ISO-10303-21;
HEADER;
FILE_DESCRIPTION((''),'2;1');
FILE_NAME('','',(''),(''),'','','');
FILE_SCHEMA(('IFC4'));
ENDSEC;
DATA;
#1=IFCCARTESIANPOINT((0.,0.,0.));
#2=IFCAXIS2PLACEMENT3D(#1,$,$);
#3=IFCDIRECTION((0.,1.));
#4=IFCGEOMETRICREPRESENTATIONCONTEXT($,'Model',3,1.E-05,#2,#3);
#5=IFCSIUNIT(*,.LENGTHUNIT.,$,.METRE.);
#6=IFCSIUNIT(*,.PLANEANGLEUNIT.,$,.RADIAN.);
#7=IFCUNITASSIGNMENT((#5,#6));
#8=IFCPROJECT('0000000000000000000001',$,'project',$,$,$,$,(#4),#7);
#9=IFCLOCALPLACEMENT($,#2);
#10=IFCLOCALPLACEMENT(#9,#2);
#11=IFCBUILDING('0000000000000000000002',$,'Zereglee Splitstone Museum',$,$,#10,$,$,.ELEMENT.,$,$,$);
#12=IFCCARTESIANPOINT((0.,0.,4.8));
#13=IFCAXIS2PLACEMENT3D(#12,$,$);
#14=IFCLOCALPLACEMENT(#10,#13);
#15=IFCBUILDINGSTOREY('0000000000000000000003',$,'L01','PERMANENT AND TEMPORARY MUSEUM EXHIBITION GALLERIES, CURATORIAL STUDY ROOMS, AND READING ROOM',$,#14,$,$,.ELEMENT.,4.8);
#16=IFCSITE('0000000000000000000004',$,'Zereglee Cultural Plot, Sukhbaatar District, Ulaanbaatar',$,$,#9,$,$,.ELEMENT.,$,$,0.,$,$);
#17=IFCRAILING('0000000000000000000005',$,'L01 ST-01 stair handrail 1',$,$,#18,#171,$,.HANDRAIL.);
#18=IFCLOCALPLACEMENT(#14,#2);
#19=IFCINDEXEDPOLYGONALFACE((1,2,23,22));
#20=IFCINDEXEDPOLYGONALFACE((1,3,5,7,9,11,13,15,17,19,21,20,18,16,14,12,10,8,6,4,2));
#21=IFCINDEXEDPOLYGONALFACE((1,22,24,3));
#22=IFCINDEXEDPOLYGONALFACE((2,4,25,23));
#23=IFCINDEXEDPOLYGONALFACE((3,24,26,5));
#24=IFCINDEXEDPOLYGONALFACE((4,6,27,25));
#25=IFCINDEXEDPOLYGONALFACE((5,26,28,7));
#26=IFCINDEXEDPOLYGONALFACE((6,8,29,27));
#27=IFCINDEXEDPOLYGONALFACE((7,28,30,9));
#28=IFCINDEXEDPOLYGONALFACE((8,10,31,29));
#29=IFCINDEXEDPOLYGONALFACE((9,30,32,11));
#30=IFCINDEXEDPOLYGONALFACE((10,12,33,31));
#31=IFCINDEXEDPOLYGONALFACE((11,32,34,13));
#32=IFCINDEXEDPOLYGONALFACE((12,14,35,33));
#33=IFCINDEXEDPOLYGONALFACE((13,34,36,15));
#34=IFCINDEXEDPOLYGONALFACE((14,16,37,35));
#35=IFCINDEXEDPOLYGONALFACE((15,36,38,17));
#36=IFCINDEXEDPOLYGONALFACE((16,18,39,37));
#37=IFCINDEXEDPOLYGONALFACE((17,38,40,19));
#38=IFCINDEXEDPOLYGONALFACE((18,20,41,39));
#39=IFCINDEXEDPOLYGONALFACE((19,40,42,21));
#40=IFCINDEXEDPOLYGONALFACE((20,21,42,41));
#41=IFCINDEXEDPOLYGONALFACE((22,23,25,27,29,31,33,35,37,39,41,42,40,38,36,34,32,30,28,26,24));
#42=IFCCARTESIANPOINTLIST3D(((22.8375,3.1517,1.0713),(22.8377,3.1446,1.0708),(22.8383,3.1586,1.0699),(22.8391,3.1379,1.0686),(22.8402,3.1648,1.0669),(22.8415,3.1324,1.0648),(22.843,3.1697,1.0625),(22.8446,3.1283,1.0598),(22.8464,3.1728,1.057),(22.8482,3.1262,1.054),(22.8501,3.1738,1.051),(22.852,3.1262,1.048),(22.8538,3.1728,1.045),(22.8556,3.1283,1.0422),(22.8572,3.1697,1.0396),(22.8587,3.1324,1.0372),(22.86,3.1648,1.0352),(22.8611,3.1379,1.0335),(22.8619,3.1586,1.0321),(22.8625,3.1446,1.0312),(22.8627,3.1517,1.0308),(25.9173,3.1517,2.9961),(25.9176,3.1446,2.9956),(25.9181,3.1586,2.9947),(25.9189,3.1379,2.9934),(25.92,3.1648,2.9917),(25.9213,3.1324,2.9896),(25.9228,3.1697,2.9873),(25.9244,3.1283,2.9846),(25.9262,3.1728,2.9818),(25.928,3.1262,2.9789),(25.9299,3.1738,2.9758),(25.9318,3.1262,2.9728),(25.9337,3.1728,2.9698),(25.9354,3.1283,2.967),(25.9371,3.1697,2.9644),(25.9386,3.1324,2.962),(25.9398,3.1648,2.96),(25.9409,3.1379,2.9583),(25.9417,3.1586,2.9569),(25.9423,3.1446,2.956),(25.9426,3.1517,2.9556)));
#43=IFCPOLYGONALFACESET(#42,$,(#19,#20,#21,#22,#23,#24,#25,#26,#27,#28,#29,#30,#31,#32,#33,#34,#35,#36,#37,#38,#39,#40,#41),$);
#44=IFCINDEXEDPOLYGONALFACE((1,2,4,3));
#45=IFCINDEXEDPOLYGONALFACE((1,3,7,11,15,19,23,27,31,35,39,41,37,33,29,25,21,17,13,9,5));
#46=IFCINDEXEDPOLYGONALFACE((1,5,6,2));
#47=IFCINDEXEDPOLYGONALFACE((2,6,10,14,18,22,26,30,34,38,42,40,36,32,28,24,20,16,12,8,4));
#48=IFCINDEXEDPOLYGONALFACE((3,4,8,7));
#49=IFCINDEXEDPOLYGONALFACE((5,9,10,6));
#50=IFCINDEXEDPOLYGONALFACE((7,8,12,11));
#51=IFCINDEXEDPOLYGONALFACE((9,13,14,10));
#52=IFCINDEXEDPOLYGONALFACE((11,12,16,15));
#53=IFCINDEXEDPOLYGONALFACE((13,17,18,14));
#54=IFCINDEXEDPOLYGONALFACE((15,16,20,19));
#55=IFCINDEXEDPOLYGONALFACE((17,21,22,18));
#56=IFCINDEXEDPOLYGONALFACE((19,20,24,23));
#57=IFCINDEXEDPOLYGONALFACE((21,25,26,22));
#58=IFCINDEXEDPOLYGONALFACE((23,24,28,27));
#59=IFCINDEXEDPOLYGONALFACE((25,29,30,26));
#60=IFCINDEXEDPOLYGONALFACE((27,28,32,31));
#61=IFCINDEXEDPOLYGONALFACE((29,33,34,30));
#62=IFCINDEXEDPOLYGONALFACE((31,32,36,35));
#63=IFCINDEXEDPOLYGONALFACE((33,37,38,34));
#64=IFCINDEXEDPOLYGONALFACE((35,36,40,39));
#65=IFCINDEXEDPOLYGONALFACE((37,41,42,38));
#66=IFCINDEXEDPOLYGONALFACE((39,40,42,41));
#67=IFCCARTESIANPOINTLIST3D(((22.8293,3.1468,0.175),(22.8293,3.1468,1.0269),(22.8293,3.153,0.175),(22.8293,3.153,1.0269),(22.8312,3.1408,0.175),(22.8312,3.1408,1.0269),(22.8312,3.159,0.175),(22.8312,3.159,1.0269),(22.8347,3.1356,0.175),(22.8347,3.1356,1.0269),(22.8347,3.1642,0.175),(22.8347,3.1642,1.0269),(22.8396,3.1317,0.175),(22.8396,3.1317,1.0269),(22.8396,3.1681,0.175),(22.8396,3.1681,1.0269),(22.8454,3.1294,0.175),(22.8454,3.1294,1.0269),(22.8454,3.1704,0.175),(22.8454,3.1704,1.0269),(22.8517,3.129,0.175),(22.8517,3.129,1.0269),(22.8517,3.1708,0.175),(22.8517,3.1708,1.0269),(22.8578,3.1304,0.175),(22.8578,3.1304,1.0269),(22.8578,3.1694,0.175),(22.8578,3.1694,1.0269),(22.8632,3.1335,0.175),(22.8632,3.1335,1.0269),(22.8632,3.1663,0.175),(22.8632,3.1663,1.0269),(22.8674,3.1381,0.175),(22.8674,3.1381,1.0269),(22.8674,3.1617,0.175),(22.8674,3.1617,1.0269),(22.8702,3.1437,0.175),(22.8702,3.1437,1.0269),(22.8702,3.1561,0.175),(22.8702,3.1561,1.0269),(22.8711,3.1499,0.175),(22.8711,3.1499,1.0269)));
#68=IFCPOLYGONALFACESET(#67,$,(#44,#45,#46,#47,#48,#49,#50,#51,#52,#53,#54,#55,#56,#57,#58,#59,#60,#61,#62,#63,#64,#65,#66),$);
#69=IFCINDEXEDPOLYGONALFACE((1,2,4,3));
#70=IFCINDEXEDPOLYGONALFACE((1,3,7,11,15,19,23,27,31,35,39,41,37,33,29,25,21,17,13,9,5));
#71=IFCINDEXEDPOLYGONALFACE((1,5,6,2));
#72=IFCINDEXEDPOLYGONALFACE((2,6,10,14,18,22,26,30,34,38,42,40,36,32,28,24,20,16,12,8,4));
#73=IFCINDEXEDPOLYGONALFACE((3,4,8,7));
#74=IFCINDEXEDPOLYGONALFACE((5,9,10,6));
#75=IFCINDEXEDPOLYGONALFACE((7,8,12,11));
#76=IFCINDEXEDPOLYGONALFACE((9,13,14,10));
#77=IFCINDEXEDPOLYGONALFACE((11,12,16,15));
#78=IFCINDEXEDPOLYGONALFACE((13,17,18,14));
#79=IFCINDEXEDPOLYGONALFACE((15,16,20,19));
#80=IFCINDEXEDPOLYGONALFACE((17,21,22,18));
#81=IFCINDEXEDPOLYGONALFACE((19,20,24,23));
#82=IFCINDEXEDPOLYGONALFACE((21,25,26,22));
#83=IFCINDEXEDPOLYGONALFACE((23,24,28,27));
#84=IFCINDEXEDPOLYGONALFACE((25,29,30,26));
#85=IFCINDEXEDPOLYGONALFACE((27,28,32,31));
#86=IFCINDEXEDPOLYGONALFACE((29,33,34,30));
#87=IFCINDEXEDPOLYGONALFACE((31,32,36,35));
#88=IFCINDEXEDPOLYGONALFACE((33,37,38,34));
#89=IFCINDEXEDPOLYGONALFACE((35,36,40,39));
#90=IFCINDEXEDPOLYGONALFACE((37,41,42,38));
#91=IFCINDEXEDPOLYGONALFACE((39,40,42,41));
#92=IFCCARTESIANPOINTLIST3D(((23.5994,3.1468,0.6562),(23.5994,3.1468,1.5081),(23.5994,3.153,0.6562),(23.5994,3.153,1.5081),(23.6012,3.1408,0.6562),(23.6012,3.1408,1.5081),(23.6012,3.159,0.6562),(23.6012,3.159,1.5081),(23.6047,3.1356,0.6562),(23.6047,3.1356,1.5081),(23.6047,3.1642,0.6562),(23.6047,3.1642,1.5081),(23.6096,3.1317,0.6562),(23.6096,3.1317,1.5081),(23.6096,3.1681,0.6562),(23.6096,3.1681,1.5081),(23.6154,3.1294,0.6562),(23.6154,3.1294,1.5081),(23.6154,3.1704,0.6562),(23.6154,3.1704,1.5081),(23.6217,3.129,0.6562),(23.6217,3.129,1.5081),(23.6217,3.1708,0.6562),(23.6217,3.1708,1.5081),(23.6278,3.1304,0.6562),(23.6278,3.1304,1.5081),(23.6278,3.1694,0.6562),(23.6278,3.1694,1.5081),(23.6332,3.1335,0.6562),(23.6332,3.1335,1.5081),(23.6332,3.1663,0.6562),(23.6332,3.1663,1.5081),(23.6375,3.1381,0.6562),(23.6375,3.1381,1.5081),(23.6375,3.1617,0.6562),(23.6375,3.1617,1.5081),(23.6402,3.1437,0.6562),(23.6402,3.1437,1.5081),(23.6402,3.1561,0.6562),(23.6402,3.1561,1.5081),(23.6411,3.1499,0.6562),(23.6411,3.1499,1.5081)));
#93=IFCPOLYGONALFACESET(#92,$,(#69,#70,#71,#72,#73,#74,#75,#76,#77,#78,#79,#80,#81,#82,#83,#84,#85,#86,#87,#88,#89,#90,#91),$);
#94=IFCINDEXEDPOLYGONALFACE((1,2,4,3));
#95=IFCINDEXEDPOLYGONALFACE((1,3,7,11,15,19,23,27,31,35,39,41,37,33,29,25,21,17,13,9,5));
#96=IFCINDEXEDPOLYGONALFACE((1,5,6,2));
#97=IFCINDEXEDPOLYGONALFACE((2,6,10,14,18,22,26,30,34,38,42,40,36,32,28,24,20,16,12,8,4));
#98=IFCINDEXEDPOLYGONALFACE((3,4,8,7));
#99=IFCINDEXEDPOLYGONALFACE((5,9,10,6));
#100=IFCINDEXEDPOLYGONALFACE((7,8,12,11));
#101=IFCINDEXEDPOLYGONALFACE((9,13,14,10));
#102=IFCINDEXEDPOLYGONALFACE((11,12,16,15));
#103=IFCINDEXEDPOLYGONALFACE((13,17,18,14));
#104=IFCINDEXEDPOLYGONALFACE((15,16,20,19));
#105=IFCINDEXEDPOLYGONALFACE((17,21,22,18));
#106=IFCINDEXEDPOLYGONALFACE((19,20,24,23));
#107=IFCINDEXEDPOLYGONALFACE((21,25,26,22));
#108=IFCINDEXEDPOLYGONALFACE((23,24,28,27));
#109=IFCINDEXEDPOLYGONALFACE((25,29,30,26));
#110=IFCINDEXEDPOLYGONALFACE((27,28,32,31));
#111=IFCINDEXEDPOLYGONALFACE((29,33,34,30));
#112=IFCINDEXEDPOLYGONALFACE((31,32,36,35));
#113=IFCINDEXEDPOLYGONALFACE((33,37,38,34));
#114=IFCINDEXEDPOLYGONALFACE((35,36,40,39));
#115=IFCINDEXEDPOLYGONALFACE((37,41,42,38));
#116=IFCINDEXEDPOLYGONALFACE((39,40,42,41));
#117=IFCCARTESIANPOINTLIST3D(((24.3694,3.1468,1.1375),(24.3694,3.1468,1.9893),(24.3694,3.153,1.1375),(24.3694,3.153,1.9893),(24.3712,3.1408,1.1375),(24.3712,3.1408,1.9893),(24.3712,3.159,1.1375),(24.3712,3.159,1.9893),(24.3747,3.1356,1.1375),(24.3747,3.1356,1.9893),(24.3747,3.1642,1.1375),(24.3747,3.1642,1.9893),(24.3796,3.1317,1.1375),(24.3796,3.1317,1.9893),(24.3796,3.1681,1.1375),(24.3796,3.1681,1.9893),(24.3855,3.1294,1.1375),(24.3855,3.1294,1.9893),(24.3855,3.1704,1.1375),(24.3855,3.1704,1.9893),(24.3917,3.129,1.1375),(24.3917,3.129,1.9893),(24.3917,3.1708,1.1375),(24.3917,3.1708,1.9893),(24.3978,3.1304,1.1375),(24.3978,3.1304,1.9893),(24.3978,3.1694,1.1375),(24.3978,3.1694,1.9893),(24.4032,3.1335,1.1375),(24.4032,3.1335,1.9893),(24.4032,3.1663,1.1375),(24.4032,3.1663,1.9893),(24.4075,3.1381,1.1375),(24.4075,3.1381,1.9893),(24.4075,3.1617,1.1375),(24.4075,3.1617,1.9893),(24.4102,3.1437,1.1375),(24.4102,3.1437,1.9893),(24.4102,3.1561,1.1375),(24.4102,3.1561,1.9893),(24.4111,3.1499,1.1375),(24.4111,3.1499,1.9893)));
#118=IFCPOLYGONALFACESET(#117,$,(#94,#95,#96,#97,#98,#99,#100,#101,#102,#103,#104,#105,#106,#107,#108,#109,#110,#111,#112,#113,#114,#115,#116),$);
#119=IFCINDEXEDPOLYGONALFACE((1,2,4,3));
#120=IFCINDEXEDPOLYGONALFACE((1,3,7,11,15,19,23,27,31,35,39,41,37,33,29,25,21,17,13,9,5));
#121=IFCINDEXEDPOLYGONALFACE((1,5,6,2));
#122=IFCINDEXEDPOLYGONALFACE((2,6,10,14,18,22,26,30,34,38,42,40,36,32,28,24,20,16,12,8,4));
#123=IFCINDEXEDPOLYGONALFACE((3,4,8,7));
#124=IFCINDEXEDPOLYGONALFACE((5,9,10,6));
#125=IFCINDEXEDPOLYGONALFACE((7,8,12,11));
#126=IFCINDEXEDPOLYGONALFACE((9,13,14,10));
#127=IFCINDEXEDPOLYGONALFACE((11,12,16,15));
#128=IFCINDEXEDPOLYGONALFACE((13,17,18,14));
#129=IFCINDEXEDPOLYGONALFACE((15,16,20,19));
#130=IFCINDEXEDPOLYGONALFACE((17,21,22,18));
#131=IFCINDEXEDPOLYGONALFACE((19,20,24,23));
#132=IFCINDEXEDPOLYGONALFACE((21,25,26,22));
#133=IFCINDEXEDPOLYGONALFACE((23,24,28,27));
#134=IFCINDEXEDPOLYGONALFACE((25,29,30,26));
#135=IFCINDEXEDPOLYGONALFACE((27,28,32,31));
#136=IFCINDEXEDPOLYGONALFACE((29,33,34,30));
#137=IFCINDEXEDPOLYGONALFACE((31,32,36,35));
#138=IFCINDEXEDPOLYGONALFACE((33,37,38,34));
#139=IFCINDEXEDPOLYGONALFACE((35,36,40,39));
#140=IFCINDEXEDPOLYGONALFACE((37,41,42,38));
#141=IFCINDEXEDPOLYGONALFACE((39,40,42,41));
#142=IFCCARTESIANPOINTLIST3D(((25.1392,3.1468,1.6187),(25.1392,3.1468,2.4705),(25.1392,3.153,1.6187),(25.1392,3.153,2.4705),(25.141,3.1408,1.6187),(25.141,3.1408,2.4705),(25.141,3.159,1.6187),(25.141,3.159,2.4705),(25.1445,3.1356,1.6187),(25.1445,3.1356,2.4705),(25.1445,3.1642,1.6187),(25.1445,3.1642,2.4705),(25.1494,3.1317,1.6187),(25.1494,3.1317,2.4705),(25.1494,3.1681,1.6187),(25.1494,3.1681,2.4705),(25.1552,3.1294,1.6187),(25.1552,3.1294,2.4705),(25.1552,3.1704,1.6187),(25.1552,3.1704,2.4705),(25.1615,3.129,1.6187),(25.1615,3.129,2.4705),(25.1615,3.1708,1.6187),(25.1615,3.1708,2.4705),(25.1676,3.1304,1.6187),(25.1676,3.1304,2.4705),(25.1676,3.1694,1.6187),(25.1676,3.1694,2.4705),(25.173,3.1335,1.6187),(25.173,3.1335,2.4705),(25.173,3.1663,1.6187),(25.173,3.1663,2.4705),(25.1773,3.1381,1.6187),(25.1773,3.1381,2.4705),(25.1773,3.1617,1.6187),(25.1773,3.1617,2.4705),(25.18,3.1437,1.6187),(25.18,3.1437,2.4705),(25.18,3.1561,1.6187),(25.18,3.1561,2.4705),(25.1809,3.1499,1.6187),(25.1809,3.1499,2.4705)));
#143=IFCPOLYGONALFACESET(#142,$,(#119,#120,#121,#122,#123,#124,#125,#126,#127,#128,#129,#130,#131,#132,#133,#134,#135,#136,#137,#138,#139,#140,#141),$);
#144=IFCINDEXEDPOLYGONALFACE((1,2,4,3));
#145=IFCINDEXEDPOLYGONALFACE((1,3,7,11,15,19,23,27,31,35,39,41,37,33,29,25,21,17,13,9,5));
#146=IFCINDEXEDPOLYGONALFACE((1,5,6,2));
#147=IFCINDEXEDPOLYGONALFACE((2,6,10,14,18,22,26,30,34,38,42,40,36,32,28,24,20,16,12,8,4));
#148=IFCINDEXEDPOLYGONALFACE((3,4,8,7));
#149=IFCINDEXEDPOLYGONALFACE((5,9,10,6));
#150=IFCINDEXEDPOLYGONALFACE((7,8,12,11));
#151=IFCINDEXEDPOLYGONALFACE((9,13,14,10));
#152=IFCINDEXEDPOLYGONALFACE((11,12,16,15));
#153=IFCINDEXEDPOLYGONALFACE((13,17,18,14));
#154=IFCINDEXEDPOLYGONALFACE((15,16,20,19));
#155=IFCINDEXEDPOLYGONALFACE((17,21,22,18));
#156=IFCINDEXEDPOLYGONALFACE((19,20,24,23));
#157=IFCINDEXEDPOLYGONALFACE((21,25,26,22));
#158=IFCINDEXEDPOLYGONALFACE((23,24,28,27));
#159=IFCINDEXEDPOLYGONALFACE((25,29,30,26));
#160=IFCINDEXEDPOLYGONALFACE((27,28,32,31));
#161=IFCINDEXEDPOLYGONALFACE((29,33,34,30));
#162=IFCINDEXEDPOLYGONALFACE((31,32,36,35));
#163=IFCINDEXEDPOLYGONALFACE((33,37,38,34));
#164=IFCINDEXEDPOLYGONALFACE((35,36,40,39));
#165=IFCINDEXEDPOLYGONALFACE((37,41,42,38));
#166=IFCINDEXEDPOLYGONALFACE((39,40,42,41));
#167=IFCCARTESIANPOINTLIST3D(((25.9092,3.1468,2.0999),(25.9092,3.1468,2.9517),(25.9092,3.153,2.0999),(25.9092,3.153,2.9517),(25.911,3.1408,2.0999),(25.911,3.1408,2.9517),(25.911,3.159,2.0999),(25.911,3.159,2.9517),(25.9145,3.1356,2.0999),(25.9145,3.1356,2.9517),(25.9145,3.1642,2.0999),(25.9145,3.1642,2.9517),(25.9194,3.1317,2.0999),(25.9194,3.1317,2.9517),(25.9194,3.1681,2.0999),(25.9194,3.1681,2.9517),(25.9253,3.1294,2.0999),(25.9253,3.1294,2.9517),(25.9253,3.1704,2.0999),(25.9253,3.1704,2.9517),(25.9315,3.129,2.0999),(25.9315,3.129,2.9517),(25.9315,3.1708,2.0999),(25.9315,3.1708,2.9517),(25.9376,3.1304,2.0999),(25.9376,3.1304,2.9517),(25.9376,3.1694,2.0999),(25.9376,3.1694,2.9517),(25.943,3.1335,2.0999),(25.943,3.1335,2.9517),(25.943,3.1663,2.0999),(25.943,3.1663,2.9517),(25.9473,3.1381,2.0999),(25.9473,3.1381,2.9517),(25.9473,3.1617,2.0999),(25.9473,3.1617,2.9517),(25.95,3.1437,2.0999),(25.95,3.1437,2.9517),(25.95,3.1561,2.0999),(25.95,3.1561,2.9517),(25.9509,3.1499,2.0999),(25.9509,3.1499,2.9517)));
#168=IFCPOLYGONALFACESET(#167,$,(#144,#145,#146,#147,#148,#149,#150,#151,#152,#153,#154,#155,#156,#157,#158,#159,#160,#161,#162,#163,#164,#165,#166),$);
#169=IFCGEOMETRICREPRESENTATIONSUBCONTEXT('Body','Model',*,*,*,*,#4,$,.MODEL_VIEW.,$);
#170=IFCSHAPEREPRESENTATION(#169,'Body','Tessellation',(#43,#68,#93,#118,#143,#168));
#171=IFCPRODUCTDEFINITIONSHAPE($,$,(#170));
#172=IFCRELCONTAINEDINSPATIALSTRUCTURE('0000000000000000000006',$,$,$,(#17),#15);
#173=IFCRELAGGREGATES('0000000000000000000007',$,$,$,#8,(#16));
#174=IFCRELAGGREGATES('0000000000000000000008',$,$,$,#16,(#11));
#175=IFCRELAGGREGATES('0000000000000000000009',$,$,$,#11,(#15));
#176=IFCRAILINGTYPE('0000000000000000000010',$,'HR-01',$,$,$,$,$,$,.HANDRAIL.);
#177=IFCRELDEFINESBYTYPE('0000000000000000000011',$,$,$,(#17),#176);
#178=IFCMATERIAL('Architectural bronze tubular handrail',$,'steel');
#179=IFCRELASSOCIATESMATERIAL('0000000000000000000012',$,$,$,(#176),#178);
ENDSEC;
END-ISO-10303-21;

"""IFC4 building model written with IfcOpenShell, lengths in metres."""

from ifc_helpers import new_model, si_unit, direction, frame, origin, origin_2d, place, context, subcontext, project, spatial, circle, extrude, material, type_object, element, save


model = new_model("IFC4")

# Units and contexts
model_context = context("Model", 3, precision=1e-05, world=origin(), true_north=direction((0.0, 1.0)))
body_context = subcontext(model_context, "Body", "Model", "MODEL_VIEW")
ifc_project = project(units=[si_unit("LENGTHUNIT", "METRE"), si_unit("PLANEANGLEUNIT", "RADIAN")], contexts=[model_context])

# Site, building, storey
site_placement = place(None, origin())
site = spatial("IfcSite", under=ifc_project, at=site_placement, Name="Zereglee Cultural Plot, Sukhbaatar District, Ulaanbaatar", CompositionType="ELEMENT", RefElevation=0.0)
building_placement = place(site_placement, origin())
building = spatial("IfcBuilding", under=site, at=building_placement, Name="Zereglee Splitstone Museum", CompositionType="ELEMENT")
storey_placement = place(building_placement, frame((0.0, 0.0, 4.8)))
storey = spatial("IfcBuildingStorey", under=building, at=storey_placement, Name="L01", Description="PERMANENT AND TEMPORARY MUSEUM EXHIBITION GALLERIES, CURATORIAL STUDY ROOMS, AND READING ROOM", CompositionType="ELEMENT", Elevation=4.8)

# Railing
ifc_material_1 = material(Name="Architectural bronze tubular handrail", Category="steel")
railing_type_1 = type_object("IfcRailingType", Name="HR-01", PredefinedType="HANDRAIL", material=ifc_material_1)
railing_1_placement = place(storey_placement, frame((22.8501, 3.1499, 0.175)))
element("IfcRailing", 1, at=railing_1_placement, inside=storey, type_object=railing_type_1, Name="L01 ST-01 stair handrail 1", PredefinedType="HANDRAIL", context=body_context, shape_type="SweptSolid", body=[
    extrude(circle(Radius=0.0239, at=origin_2d()), frame((0.0, 0.0, 0.876), z_axis=(0.84801, 0.0, 0.529981), x_axis=(0.0, 1.0, 0.0)), (0.0, 0.0, 1.0), 3.6318),
    extrude(circle(Radius=0.021, at=origin_2d()), origin(), (0.0, 0.0, 1.0), 0.8518),
    extrude(circle(Radius=0.021, at=origin_2d()), frame((0.77, 0.0, 0.4812)), (0.0, 0.0, 1.0), 0.8518),
    extrude(circle(Radius=0.021, at=origin_2d()), frame((1.54, 0.0, 0.9624)), (0.0, 0.0, 1.0), 0.8518),
    extrude(circle(Radius=0.021, at=origin_2d()), frame((2.3098, 0.0, 1.4436)), (0.0, 0.0, 1.0), 0.8518),
    extrude(circle(Radius=0.021, at=origin_2d()), frame((3.0798, 0.0, 1.9248)), (0.0, 0.0, 1.0), 0.8518),
])

save(model, "model.ifc")
